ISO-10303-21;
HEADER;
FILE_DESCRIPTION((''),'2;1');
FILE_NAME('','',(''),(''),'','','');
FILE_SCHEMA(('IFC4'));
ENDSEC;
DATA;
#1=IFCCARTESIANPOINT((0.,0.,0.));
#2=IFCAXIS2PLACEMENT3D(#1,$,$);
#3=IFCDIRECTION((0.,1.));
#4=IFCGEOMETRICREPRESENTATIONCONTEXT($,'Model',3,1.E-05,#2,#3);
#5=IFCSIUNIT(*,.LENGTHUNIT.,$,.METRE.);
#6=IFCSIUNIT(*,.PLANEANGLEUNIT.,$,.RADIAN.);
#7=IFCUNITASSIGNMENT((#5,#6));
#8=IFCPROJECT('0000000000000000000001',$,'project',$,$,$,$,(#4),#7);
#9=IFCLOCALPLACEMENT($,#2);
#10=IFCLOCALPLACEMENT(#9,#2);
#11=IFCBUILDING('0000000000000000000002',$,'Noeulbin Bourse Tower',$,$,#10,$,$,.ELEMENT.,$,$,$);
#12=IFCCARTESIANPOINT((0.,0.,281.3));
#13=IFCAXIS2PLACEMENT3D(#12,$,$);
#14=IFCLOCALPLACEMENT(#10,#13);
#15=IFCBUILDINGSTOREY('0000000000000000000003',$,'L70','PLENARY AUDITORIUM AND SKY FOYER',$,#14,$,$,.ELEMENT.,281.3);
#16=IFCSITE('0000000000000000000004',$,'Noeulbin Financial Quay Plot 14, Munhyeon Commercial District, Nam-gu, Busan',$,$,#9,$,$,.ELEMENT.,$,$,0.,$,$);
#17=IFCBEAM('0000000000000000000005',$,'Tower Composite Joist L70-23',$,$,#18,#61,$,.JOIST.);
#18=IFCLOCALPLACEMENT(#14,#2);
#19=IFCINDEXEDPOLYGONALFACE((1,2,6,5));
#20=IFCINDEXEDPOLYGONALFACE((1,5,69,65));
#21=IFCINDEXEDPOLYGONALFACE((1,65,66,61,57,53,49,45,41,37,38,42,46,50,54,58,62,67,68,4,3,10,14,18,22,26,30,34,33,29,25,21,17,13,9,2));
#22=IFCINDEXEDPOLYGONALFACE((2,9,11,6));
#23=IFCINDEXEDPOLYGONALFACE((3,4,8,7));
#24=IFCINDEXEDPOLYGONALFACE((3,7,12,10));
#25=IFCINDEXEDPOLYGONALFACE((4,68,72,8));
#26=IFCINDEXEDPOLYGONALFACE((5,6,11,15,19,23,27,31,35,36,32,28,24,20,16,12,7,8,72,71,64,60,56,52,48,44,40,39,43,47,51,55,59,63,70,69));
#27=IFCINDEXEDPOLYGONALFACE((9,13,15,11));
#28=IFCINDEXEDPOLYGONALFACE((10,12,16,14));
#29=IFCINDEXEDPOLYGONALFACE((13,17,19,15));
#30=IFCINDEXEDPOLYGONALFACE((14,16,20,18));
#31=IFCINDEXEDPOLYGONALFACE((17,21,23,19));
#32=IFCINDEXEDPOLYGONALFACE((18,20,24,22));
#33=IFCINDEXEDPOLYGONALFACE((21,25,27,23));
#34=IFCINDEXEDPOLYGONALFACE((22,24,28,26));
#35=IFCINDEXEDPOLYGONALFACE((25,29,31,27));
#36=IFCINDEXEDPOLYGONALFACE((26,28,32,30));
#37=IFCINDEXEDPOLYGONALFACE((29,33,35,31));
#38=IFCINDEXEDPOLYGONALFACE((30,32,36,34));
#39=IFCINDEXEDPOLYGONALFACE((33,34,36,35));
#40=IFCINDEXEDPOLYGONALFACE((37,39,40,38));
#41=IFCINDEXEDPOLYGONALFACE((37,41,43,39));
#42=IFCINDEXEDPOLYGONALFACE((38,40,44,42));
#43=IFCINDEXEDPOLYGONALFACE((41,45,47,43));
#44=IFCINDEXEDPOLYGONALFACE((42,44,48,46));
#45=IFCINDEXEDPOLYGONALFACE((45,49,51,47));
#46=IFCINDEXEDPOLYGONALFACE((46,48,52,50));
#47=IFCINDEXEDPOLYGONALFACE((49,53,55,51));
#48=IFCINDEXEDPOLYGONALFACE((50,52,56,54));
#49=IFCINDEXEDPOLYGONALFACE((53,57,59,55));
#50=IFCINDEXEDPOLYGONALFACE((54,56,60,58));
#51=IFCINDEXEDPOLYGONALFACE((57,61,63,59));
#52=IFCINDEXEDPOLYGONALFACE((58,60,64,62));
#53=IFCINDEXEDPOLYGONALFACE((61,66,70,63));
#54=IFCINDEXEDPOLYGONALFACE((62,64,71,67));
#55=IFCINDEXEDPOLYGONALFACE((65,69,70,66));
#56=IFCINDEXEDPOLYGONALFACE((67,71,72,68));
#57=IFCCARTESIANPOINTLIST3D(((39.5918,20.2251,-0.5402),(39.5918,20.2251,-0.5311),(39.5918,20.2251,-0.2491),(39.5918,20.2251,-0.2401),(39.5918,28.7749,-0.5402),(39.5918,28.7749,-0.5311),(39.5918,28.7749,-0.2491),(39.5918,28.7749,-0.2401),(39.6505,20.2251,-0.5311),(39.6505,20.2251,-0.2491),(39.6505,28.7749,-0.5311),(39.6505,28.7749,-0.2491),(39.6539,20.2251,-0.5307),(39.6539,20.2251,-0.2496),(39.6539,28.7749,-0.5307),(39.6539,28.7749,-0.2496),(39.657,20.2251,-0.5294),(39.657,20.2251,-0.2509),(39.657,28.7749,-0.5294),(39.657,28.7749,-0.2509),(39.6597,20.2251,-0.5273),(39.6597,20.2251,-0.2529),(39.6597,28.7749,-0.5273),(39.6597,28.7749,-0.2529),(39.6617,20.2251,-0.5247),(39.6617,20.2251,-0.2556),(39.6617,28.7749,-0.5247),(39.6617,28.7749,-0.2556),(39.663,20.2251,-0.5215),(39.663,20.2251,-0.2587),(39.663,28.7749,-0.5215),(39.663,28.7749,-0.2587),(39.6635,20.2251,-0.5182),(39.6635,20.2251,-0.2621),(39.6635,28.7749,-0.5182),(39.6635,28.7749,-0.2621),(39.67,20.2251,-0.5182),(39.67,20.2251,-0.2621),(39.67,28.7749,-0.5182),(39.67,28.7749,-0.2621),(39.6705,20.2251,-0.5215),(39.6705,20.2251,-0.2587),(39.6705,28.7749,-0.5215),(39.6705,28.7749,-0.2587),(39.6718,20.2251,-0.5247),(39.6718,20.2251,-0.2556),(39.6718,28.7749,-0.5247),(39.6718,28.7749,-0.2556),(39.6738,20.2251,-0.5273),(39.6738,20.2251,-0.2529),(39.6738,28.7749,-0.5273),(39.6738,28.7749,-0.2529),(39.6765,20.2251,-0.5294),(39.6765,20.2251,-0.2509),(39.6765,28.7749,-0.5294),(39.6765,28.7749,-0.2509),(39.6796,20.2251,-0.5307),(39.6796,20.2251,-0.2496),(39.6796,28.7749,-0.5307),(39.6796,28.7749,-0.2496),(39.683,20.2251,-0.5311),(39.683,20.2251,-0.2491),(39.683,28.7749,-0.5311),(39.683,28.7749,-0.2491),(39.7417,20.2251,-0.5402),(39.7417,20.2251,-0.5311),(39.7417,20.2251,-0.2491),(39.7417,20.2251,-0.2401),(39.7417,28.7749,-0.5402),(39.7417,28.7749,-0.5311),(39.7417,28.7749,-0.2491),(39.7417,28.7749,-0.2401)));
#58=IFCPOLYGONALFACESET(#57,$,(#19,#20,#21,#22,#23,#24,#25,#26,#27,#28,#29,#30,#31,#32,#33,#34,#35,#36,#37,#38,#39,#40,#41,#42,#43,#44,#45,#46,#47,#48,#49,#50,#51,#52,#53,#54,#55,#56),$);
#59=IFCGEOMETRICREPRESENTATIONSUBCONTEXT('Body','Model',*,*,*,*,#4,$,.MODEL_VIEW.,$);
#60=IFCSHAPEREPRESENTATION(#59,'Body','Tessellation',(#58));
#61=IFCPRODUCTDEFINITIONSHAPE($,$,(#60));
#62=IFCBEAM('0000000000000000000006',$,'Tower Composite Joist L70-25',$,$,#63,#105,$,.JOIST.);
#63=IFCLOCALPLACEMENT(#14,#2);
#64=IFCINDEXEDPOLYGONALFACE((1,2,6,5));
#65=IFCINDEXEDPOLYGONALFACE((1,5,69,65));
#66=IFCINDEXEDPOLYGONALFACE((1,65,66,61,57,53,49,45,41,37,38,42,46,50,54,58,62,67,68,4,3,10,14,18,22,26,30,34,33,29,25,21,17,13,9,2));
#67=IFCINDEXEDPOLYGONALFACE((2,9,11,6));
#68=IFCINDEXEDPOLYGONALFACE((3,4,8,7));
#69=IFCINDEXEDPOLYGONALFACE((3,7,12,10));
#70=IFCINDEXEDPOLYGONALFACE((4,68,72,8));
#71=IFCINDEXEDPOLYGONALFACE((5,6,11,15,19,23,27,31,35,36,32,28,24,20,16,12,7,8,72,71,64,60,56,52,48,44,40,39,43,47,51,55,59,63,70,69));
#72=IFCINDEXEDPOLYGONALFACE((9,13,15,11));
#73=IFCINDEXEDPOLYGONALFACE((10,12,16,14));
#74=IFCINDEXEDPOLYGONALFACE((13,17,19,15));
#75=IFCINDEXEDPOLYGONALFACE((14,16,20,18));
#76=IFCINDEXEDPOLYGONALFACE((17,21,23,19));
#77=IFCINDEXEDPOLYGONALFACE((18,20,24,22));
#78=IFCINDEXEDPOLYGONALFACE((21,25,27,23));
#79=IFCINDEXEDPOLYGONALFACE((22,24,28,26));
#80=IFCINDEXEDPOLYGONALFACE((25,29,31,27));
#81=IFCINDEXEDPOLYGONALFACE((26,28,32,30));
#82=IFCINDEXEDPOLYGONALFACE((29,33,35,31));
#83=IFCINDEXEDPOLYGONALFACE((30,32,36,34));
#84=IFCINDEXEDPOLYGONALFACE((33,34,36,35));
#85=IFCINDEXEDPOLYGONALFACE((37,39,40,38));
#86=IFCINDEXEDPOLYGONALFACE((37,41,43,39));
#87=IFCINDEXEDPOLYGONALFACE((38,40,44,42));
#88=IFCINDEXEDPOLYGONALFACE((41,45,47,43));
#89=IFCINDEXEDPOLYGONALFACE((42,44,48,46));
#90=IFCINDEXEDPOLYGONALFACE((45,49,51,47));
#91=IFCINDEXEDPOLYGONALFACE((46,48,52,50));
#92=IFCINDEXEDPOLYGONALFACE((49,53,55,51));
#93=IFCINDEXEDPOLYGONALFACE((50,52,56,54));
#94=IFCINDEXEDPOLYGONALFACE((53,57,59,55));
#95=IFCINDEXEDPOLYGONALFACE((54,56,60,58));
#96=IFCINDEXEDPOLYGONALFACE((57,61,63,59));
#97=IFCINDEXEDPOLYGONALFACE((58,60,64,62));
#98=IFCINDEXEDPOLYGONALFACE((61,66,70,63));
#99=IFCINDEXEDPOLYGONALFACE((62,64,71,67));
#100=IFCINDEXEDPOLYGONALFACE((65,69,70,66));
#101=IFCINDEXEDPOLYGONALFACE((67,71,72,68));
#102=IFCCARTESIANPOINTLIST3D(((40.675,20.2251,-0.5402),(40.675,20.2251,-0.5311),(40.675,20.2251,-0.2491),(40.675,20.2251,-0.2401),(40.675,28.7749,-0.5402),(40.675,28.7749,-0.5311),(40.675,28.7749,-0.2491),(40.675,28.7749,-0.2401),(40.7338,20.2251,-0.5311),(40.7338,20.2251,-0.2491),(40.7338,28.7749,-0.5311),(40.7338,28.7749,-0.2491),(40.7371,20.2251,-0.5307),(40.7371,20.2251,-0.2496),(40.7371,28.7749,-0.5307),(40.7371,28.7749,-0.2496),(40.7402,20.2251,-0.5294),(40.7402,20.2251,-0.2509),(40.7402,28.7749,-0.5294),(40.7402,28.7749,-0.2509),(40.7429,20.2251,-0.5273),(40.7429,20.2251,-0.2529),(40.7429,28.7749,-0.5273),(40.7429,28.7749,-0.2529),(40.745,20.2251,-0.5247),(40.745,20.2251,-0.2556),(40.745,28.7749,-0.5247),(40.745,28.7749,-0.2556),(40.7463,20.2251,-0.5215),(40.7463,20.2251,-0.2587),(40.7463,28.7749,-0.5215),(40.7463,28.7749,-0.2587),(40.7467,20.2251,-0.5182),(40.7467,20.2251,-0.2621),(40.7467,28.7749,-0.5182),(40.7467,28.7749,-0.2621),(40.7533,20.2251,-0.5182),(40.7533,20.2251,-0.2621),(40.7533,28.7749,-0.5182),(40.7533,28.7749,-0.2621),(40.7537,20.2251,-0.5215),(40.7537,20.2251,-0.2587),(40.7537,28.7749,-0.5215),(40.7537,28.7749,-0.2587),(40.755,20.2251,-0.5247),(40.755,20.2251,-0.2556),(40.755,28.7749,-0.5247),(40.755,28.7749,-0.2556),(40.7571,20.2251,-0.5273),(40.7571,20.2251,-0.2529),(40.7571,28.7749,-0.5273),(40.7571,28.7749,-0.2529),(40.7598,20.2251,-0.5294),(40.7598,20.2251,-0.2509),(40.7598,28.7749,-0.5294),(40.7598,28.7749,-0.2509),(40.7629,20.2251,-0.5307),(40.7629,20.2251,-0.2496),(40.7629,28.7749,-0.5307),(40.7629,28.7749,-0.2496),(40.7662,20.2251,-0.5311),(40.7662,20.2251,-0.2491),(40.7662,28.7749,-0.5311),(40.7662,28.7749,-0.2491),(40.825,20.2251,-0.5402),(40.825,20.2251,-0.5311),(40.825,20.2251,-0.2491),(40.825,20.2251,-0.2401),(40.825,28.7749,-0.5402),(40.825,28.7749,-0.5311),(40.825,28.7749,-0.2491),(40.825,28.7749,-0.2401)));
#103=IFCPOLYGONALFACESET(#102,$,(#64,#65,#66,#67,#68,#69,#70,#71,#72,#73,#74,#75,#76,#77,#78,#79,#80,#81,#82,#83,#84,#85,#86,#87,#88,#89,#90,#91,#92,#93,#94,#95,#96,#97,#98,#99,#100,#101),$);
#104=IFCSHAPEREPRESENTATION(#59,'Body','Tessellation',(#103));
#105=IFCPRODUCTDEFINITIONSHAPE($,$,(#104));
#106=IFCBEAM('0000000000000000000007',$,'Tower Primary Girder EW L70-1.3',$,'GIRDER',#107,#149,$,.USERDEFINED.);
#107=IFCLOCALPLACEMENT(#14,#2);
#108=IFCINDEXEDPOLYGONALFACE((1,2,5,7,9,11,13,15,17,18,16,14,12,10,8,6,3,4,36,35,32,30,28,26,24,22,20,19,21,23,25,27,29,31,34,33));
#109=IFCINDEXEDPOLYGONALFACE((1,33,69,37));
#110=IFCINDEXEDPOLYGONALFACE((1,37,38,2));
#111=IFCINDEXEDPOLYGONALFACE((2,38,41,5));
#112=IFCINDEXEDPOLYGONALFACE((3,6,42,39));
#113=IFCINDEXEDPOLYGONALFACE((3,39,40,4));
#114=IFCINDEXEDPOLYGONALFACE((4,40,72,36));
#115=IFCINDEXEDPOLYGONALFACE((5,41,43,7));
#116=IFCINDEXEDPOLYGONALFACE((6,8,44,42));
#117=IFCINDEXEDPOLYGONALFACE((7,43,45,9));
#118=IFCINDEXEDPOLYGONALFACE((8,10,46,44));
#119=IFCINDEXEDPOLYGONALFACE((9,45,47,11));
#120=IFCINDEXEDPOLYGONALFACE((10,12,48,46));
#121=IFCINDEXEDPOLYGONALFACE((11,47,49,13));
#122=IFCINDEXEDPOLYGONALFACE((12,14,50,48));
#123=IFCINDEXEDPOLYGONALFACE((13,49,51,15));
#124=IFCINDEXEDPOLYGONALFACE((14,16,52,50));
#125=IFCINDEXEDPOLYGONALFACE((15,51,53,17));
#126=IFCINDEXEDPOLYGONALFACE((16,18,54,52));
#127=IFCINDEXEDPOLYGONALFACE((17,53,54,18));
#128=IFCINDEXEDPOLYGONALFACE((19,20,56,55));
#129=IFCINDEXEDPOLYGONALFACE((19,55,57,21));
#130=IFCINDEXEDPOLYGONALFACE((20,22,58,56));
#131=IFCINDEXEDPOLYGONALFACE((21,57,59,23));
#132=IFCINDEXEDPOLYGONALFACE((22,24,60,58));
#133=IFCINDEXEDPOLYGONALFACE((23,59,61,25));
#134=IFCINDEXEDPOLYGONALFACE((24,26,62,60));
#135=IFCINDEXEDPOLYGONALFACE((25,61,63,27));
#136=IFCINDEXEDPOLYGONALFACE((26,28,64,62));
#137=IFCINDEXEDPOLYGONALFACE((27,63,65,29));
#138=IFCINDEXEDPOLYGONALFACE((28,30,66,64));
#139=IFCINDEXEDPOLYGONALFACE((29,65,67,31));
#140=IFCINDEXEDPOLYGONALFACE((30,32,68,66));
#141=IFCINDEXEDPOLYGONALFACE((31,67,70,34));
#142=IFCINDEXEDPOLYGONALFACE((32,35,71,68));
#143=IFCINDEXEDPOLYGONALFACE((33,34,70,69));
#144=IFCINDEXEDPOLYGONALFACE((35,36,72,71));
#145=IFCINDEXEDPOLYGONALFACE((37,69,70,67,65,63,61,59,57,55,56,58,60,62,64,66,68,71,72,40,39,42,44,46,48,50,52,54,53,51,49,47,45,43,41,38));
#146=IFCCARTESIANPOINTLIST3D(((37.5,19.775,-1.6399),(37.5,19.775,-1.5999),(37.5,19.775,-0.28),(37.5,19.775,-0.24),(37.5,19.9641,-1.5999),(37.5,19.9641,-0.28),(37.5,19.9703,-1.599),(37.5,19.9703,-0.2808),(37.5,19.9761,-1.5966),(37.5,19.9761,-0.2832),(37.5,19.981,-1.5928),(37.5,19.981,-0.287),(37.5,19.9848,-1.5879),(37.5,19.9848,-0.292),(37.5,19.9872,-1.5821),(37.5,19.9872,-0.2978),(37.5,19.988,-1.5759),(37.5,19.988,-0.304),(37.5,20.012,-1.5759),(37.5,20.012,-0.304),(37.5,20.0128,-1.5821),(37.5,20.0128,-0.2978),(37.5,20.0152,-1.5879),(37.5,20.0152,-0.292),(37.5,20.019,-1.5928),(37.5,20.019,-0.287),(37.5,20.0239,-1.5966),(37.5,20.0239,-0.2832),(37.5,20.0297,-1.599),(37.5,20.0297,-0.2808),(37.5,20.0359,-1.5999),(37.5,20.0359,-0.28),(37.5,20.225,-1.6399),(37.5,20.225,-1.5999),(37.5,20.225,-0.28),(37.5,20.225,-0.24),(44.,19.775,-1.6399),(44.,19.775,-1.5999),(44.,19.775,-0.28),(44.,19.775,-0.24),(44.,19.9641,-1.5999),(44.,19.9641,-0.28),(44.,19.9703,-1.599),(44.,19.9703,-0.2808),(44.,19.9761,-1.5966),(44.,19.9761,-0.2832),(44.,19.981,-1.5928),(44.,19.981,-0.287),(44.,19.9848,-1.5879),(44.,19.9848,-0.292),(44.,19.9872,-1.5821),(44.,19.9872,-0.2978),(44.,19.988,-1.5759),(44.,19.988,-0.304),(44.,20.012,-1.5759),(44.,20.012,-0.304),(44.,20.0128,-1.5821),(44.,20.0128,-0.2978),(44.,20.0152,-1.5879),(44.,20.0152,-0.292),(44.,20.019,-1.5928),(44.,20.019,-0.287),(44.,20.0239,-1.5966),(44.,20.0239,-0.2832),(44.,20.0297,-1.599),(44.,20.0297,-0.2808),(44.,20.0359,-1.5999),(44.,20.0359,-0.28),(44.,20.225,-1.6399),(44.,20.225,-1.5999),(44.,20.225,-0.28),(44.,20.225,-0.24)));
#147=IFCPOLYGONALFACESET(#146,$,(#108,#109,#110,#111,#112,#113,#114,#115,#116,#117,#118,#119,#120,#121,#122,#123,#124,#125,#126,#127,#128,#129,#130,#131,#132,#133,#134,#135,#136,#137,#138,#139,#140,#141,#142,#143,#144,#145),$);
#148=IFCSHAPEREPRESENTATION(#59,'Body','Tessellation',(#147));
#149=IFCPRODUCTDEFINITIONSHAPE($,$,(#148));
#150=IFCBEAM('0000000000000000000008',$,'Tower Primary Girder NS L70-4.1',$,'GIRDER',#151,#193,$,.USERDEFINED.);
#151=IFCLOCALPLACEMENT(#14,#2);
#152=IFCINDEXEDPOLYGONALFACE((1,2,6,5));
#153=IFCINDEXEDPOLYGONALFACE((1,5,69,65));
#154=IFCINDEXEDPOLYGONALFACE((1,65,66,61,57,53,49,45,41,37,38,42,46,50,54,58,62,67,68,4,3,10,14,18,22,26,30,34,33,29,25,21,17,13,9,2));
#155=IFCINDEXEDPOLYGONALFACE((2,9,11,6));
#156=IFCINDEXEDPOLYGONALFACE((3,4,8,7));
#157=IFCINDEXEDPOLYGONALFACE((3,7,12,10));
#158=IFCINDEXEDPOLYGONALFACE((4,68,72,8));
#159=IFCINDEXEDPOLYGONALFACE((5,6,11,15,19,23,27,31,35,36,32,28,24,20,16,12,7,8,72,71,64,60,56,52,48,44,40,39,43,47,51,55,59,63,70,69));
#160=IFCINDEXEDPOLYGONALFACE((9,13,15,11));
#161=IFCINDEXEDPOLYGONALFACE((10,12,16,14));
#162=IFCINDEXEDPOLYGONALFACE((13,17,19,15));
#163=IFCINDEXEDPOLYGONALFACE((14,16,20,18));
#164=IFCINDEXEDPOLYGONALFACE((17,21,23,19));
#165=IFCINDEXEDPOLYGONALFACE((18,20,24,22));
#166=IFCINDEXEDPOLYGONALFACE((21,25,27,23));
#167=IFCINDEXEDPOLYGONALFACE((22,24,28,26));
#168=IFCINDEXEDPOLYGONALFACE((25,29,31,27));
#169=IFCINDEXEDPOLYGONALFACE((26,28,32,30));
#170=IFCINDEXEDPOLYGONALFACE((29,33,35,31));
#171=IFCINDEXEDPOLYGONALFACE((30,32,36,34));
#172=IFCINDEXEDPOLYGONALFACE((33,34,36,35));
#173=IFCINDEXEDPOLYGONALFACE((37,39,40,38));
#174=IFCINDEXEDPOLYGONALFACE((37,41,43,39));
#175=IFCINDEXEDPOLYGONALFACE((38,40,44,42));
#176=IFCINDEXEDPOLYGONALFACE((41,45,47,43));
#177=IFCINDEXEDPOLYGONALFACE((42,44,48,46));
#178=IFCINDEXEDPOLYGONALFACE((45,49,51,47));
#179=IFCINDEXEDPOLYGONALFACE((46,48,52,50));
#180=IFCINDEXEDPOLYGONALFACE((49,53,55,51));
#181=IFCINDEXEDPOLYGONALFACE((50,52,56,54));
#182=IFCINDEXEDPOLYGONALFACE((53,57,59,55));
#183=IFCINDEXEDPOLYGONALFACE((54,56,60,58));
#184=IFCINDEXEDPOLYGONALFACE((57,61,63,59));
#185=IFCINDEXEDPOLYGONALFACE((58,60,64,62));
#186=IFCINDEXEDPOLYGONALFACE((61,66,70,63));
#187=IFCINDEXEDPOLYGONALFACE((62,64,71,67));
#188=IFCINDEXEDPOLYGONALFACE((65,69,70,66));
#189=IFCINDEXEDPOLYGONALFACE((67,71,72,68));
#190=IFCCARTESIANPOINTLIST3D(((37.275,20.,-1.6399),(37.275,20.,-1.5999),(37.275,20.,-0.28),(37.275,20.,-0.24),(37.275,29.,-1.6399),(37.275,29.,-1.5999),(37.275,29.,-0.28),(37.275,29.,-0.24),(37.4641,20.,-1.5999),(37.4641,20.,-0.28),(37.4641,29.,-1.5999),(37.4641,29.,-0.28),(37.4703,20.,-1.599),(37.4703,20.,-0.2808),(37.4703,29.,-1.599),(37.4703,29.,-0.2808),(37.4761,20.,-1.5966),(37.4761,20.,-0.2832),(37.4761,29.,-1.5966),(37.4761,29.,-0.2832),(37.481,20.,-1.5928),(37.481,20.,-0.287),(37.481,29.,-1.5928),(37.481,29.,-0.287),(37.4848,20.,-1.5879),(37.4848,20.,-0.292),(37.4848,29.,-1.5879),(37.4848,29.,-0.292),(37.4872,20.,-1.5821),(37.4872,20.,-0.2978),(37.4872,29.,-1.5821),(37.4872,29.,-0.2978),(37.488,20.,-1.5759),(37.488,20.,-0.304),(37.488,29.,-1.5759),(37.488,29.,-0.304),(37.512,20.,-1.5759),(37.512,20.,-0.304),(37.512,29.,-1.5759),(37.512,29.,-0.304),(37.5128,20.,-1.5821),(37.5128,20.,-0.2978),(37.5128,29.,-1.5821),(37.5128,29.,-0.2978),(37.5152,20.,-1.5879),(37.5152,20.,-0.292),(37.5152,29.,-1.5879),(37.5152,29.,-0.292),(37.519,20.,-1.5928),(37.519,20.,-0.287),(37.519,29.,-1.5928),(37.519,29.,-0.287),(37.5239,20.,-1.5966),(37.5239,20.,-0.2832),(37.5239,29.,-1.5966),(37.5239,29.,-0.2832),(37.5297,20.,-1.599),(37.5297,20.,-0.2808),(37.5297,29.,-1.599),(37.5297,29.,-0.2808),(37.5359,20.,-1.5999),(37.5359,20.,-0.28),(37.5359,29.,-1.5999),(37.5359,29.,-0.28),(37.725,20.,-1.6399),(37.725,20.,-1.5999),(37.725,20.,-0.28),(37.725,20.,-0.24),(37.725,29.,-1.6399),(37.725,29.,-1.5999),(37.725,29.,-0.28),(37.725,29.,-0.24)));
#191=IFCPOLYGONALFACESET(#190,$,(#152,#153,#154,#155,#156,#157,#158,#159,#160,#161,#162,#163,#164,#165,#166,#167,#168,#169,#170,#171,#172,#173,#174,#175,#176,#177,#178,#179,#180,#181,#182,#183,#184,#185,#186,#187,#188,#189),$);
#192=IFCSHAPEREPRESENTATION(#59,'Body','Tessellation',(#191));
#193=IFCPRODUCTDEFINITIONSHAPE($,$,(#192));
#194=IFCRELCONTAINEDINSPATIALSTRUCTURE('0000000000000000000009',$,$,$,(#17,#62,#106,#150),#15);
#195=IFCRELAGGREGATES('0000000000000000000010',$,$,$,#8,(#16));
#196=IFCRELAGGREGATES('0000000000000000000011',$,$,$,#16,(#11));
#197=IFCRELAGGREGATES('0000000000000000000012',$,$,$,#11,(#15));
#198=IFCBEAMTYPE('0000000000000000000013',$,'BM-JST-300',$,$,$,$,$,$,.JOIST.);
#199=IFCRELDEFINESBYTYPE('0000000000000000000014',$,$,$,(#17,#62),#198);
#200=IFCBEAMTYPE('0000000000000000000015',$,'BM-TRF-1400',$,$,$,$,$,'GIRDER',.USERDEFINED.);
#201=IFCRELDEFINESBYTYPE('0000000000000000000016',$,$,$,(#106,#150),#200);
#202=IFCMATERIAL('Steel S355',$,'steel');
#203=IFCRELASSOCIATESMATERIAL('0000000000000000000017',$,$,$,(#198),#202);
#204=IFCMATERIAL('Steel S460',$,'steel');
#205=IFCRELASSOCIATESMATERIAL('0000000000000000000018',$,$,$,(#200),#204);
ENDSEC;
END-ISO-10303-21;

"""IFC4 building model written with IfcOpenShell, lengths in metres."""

from ifc_helpers import new_model, si_unit, direction, frame, origin, origin_2d, place, context, subcontext, project, spatial, i_section, extrude, material, material_profile, profile_set, type_object, element, save


model = new_model("IFC4")

# Units and contexts
model_context = context("Model", 3, precision=1e-05, world=origin(), true_north=direction((0.0, 1.0)))
body_context = subcontext(model_context, "Body", "Model", "MODEL_VIEW")
ifc_project = project(units=[si_unit("LENGTHUNIT", "METRE"), si_unit("PLANEANGLEUNIT", "RADIAN")], contexts=[model_context])

# Site, building, storey
site_placement = place(None, origin())
site = spatial("IfcSite", under=ifc_project, at=site_placement, Name="Noeulbin Financial Quay Plot 14, Munhyeon Commercial District, Nam-gu, Busan", CompositionType="ELEMENT", RefElevation=0.0)
building_placement = place(site_placement, origin())
building = spatial("IfcBuilding", under=site, at=building_placement, Name="Noeulbin Bourse Tower", CompositionType="ELEMENT")
storey_placement = place(building_placement, frame((0.0, 0.0, 281.3)))
storey = spatial("IfcBuildingStorey", under=building, at=storey_placement, Name="L70", Description="PLENARY AUDITORIUM AND SKY FOYER", CompositionType="ELEMENT", Elevation=281.3)

# Shared definitions
ifc_material_1 = material(Name="Steel S355", Category="steel")

# Beams
ifc_material_profile_1 = material_profile(ifc_material_1, i_section(OverallWidth=0.1499, OverallDepth=0.3, WebThickness=0.0066, FlangeThickness=0.009, FilletRadius=0.0129, at=origin_2d()), Name="H-300x150x6.5x9", Category="LoadBearing")
ifc_profile_set_1 = profile_set([ifc_material_profile_1], Name="Steel S355")
beam_type_1 = type_object("IfcBeamType", Name="BM-JST-300", PredefinedType="JOIST", material=ifc_profile_set_1)
for number, where, z_axis, x_axis, name in (
    (1, (39.6667, 20.2251, -0.3901), (0.0, 1.0, 0.0), (-1.0, 0.0, 0.0), "Tower Composite Joist L70-23"),
    (2, (40.75, 20.2251, -0.3901), (0.0, 1.0, 0.0), (-1.0, 0.0, 0.0), "Tower Composite Joist L70-25"),
):
    element("IfcBeam", number, at=place(storey_placement, frame(where, z_axis=z_axis, x_axis=x_axis)), inside=storey, type_object=beam_type_1, Name=name, PredefinedType="JOIST", context=body_context, shape_type="SweptSolid", body=[
        extrude(i_section(OverallWidth=0.1499, OverallDepth=0.3, WebThickness=0.0066, FlangeThickness=0.009, FilletRadius=0.0129, at=origin_2d()), origin(), (0.0, 0.0, 1.0), 8.5498),
    ])
ifc_material_2 = material(Name="Steel S460", Category="steel")
ifc_material_profile_2 = material_profile(ifc_material_2, i_section(OverallWidth=0.45, OverallDepth=1.3999, WebThickness=0.0239, FlangeThickness=0.04, FilletRadius=0.0239, at=origin_2d()), Name="PG-1400x450x24x40", Category="LoadBearing")
ifc_profile_set_2 = profile_set([ifc_material_profile_2], Name="Steel S460")
beam_type_2 = type_object("IfcBeamType", Name="BM-TRF-1400", ElementType="GIRDER", PredefinedType="USERDEFINED", material=ifc_profile_set_2)
beam_1_placement = place(storey_placement, frame((37.5, 20.0, -0.9399), z_axis=(1.0, 0.0, 0.0), x_axis=(0.0, 1.0, 0.0)))
element("IfcBeam", 3, at=beam_1_placement, inside=storey, type_object=beam_type_2, Name="Tower Primary Girder EW L70-1.3", ObjectType="GIRDER", PredefinedType="USERDEFINED", context=body_context, shape_type="SweptSolid", body=[
    extrude(i_section(OverallWidth=0.45, OverallDepth=1.3999, WebThickness=0.0239, FlangeThickness=0.04, FilletRadius=0.0239, at=origin_2d()), origin(), (0.0, 0.0, 1.0), 6.5),
])
beam_2_placement = place(storey_placement, frame((37.5, 20.0, -0.9399), z_axis=(0.0, 1.0, 0.0), x_axis=(-1.0, 0.0, 0.0)))
element("IfcBeam", 4, at=beam_2_placement, inside=storey, type_object=beam_type_2, Name="Tower Primary Girder NS L70-4.1", ObjectType="GIRDER", PredefinedType="USERDEFINED", context=body_context, shape_type="SweptSolid", body=[
    extrude(i_section(OverallWidth=0.45, OverallDepth=1.3999, WebThickness=0.0239, FlangeThickness=0.04, FilletRadius=0.0239, at=origin_2d()), origin(), (0.0, 0.0, 1.0), 9.0),
])

save(model, "model.ifc")
